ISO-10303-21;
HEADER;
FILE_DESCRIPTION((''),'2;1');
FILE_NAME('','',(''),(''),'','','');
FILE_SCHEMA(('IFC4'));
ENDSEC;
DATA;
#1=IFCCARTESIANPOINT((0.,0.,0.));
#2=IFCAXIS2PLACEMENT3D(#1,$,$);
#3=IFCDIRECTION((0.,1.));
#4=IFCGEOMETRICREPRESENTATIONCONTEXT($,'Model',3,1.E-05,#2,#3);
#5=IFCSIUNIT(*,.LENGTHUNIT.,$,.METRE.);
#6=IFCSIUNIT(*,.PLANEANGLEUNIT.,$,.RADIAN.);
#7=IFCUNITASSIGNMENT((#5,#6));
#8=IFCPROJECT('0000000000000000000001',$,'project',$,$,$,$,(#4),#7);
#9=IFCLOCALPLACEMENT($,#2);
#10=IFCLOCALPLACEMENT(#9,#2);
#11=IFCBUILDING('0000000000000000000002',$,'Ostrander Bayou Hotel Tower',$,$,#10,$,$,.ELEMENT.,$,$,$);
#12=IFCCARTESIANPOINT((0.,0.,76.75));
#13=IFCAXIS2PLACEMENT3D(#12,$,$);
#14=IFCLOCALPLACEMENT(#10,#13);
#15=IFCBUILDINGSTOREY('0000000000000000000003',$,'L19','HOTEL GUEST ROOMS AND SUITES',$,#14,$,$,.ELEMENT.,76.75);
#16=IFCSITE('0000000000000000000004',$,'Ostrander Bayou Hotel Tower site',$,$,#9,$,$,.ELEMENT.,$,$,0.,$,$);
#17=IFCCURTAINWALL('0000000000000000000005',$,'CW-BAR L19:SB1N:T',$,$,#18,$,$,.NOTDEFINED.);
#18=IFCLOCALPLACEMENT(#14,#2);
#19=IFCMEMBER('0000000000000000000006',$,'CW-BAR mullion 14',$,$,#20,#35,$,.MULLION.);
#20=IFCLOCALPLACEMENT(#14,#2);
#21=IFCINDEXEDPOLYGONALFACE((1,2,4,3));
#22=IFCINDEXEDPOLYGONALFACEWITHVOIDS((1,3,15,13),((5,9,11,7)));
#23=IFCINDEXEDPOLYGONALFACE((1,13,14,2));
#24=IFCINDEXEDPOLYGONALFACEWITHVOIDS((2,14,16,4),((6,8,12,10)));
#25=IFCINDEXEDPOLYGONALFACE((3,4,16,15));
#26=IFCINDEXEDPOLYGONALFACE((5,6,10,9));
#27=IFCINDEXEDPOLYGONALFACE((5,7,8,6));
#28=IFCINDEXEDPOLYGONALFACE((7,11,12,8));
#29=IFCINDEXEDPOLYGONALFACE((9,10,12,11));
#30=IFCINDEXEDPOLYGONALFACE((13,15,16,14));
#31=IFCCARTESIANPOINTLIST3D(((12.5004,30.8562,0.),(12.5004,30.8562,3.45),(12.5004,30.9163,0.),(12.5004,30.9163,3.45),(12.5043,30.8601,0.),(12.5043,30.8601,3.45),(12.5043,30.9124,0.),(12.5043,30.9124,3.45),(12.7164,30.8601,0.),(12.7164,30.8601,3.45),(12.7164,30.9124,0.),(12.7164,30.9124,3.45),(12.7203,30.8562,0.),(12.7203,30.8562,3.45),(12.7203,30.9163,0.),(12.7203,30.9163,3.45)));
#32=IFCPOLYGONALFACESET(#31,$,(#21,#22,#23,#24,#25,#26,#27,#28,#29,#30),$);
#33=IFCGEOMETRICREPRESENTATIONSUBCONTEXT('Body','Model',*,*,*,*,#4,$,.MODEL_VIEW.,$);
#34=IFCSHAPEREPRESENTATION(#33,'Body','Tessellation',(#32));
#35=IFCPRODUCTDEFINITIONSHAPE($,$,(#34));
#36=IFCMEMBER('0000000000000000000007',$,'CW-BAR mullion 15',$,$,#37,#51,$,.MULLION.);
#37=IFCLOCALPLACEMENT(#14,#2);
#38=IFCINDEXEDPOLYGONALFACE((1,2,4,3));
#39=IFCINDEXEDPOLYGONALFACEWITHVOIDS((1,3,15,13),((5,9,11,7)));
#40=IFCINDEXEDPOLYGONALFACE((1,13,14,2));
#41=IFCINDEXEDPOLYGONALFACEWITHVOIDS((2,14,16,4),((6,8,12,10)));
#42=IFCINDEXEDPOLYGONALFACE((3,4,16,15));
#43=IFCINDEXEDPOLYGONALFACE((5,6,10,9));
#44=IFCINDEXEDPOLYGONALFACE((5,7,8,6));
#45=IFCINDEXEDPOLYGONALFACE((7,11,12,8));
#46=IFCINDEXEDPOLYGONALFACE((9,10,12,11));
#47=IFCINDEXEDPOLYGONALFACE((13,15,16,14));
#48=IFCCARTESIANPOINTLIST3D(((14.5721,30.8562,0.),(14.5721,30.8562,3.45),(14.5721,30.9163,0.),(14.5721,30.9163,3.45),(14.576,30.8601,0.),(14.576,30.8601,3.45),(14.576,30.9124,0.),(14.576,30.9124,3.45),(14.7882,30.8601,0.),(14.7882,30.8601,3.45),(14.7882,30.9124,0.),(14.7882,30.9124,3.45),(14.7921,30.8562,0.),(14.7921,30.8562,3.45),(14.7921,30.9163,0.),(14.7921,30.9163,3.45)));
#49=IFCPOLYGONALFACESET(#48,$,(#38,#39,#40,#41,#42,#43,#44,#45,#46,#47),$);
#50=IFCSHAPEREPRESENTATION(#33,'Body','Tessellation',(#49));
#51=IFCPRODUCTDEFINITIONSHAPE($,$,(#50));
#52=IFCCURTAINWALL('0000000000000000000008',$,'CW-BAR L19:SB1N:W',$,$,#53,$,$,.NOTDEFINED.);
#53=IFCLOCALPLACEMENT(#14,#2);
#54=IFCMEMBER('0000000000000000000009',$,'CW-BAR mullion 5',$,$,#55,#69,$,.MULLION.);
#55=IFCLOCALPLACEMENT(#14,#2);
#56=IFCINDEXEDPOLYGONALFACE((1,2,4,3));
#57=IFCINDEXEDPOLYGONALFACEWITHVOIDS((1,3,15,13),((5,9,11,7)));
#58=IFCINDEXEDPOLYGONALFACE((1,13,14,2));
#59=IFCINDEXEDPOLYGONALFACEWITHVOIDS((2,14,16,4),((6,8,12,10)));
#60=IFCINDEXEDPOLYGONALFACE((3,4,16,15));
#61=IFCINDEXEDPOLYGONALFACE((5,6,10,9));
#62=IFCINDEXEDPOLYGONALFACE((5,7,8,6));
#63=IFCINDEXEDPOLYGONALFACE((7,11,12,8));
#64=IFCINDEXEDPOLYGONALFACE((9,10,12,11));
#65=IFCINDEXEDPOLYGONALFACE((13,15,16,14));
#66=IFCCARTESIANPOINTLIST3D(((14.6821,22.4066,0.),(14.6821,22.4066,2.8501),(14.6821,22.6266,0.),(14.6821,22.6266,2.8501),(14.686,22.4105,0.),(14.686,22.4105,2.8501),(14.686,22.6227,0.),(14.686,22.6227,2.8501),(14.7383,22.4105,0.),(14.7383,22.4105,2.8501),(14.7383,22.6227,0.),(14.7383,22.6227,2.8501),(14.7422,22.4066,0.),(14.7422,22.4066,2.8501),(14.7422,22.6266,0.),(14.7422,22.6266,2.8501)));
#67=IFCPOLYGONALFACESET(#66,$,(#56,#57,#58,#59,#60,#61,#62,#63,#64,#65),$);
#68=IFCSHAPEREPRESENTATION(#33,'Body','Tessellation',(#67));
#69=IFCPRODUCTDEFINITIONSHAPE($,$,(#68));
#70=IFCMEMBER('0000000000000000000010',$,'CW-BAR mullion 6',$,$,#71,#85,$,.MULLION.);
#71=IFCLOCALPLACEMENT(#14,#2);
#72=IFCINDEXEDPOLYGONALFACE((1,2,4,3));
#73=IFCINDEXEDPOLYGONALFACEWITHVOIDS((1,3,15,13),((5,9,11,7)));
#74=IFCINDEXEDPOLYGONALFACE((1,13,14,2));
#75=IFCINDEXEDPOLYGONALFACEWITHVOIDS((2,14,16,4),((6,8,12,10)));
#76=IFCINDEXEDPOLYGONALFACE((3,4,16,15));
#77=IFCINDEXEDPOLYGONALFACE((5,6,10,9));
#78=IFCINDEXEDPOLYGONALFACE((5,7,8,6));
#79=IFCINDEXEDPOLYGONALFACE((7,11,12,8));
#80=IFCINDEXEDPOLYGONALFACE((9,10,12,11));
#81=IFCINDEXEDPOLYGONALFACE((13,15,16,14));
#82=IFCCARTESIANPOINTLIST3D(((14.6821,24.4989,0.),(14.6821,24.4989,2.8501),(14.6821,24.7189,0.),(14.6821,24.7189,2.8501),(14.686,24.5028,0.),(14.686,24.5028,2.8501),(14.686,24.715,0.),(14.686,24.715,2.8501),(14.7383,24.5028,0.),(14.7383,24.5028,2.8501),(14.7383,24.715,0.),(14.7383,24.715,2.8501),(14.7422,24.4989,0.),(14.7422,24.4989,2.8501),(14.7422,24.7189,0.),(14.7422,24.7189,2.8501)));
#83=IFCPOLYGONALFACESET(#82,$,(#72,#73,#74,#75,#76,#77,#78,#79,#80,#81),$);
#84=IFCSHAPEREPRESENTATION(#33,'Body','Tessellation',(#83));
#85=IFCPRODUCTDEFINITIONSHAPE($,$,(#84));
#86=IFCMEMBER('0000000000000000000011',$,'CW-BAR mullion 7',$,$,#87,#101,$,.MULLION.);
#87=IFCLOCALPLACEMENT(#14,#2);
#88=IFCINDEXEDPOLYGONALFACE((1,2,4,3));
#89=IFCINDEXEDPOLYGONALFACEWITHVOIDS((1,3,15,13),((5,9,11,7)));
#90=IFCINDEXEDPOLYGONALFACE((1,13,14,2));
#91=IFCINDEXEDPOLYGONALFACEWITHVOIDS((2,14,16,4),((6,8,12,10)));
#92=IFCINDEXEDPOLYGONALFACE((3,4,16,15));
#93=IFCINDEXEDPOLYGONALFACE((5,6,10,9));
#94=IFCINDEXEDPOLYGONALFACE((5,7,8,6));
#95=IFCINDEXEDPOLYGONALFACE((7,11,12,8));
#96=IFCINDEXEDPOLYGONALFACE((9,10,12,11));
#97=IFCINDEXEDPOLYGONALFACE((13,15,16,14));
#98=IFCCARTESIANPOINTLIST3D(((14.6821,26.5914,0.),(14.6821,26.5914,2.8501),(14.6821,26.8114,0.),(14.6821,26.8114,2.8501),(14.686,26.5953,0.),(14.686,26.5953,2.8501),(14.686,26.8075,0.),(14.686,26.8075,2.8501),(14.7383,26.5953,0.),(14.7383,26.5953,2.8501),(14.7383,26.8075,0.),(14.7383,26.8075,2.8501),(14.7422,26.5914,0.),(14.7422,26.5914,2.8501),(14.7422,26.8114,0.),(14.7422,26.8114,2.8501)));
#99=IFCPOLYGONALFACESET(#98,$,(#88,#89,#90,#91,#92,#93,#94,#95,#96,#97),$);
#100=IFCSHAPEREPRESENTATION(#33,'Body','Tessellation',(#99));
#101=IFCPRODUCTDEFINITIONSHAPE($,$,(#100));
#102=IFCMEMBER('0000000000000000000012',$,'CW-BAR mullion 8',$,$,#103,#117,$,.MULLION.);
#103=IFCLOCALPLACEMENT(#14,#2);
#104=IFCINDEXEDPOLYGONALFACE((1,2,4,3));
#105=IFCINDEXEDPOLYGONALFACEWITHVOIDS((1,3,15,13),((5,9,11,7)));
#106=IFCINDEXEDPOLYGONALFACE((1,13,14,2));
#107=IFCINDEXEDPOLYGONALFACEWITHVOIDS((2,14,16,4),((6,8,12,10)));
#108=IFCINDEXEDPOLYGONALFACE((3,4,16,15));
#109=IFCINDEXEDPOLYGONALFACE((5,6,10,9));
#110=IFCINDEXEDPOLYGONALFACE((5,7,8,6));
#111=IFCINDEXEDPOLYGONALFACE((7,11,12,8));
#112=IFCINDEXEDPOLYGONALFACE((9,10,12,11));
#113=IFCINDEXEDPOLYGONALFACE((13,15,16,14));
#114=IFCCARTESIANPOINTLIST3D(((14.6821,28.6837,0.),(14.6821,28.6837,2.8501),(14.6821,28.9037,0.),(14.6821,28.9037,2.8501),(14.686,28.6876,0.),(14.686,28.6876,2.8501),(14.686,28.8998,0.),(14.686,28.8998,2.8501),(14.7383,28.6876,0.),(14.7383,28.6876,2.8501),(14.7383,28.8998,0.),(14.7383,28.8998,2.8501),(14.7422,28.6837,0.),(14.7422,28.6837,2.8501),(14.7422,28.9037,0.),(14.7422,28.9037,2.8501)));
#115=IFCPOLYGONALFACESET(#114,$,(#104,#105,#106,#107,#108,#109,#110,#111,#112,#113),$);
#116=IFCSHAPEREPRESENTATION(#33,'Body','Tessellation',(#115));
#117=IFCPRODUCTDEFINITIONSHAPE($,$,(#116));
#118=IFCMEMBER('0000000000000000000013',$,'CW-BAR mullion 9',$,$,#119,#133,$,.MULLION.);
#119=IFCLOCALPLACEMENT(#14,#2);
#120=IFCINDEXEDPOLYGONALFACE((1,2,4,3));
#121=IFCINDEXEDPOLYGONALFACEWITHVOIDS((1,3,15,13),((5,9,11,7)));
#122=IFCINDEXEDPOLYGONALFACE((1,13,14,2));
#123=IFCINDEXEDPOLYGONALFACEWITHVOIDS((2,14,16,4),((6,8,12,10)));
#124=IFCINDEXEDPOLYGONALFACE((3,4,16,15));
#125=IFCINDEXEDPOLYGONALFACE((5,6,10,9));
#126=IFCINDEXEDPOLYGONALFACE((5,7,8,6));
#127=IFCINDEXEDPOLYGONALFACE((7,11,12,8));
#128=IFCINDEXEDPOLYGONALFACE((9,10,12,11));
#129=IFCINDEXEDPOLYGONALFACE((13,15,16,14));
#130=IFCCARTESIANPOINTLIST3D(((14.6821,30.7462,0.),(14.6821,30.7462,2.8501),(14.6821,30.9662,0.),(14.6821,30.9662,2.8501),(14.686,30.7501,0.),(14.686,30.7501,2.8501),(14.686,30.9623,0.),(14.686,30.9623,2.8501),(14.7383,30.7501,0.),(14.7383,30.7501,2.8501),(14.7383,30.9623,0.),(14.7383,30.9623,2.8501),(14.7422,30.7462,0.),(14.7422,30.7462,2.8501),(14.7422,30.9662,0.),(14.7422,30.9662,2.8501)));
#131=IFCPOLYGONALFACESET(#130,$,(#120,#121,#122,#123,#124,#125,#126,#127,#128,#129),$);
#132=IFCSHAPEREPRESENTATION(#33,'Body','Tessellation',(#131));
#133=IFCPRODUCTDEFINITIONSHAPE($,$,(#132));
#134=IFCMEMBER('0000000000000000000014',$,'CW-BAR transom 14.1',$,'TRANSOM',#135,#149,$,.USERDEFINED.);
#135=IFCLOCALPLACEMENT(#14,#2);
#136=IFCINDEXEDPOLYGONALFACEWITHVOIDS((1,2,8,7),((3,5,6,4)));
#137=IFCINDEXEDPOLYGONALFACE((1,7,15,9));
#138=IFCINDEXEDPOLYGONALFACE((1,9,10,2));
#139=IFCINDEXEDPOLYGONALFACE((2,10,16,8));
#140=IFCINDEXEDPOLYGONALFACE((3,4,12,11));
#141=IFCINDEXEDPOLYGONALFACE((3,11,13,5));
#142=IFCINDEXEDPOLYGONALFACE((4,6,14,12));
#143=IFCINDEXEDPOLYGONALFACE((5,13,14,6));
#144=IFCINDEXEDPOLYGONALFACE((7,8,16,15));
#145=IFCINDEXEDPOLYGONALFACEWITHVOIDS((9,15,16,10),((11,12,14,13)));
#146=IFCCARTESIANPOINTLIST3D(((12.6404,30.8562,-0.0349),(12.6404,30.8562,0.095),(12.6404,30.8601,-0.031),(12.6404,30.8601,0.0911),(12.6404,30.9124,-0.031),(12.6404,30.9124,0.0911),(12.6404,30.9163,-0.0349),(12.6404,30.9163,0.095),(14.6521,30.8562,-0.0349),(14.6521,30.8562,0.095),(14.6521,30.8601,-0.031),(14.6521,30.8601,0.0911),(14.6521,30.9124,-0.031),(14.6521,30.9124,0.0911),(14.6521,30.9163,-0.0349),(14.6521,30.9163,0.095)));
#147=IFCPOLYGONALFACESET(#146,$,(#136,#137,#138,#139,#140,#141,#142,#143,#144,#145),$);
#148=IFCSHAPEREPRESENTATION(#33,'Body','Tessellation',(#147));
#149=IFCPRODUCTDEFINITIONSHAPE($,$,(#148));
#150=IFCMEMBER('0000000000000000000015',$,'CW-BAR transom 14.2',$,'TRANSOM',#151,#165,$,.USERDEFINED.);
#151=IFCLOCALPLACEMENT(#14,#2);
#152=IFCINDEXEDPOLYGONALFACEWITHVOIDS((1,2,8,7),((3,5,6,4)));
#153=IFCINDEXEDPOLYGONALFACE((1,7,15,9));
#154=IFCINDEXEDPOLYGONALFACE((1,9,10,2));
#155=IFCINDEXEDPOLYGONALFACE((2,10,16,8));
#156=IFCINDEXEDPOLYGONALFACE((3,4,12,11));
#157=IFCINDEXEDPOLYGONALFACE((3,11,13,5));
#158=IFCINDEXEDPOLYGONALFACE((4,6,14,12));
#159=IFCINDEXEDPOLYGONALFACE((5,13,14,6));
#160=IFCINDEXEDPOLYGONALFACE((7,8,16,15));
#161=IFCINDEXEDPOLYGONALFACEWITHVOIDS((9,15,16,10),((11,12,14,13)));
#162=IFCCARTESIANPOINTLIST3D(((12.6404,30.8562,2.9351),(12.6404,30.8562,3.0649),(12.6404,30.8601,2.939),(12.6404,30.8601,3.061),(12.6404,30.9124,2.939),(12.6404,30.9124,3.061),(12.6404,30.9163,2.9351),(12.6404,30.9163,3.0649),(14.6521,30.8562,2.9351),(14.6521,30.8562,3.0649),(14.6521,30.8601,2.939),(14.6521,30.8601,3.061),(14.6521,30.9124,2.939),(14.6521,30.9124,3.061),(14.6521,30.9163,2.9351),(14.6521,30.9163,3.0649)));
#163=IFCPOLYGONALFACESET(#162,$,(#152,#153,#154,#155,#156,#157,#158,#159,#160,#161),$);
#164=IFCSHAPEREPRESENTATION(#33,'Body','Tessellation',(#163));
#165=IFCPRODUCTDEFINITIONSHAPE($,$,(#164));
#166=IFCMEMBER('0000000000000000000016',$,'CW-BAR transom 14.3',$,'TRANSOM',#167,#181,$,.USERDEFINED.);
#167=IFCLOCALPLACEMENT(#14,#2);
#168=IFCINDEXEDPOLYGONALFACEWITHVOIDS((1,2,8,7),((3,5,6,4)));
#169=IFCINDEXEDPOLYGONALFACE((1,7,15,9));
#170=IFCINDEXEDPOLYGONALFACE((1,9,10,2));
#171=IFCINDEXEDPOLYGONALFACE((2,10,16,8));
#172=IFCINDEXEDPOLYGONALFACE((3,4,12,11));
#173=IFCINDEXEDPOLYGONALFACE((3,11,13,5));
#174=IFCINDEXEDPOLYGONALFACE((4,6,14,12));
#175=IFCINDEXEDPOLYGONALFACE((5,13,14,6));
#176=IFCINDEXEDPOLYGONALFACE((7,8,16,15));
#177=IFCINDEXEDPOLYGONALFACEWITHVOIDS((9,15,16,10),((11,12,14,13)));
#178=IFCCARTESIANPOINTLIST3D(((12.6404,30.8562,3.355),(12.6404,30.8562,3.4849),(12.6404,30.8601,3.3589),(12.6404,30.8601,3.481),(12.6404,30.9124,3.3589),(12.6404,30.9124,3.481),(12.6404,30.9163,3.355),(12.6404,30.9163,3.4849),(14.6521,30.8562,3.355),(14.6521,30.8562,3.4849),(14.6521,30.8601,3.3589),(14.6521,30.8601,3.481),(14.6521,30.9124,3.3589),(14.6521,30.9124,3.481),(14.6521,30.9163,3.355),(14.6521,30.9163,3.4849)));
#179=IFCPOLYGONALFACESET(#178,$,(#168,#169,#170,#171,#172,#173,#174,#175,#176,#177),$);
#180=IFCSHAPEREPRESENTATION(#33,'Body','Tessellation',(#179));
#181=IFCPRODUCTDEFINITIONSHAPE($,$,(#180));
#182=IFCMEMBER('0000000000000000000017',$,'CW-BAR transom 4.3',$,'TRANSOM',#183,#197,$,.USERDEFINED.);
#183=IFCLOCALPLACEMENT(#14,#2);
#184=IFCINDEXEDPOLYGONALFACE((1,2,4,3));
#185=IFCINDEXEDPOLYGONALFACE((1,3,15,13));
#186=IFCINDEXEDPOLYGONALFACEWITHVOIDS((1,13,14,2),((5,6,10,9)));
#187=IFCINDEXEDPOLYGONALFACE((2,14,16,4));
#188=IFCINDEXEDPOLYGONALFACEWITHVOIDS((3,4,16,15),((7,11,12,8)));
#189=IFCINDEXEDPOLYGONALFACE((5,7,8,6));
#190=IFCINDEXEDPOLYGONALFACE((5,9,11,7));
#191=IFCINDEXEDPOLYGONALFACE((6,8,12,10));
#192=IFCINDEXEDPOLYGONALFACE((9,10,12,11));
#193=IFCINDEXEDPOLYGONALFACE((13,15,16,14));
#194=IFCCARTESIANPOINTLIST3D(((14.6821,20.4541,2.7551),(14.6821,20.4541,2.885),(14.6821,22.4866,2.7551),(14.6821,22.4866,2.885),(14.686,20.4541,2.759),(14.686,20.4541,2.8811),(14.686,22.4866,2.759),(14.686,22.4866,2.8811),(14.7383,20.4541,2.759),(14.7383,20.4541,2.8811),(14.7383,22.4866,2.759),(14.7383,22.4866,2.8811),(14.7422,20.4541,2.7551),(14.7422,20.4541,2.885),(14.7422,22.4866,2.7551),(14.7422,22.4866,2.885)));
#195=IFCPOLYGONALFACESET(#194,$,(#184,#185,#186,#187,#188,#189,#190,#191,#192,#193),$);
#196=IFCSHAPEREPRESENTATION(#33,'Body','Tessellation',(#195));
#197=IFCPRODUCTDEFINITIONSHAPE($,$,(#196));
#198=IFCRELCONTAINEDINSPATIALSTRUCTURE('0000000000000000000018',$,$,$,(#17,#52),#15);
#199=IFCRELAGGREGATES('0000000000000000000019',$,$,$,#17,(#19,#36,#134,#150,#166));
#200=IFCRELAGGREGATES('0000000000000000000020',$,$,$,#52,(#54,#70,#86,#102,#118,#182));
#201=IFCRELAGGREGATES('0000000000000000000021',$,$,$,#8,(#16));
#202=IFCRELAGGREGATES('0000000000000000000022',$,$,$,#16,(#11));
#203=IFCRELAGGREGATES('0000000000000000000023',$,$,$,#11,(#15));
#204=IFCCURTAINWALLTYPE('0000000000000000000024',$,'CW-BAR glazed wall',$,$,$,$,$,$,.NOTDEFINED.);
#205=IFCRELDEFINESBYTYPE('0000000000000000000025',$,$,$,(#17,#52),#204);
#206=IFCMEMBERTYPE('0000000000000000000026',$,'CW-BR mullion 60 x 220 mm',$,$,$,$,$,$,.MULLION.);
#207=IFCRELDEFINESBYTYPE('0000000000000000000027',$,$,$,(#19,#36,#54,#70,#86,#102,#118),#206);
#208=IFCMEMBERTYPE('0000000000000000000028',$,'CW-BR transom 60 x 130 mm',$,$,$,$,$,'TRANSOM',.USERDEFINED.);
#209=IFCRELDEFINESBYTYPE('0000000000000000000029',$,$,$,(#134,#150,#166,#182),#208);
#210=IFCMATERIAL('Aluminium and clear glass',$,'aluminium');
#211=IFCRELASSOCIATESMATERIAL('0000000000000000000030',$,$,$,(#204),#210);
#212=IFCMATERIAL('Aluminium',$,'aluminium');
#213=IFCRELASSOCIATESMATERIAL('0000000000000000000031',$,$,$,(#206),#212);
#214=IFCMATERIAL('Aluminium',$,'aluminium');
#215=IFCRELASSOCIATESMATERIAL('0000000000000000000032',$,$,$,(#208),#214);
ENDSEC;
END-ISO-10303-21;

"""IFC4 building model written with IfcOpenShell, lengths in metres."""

from ifc_helpers import new_model, si_unit, direction, frame, origin, origin_2d, place, context, subcontext, project, spatial, hollow_rectangle, extrude, material, material_profile, profile_set, type_object, element, aggregate, save


model = new_model("IFC4")

# Units and contexts
model_context = context("Model", 3, precision=1e-05, world=origin(), true_north=direction((0.0, 1.0)))
body_context = subcontext(model_context, "Body", "Model", "MODEL_VIEW")
ifc_project = project(units=[si_unit("LENGTHUNIT", "METRE"), si_unit("PLANEANGLEUNIT", "RADIAN")], contexts=[model_context])

# Site, building, storey
site_placement = place(None, origin())
site = spatial("IfcSite", under=ifc_project, at=site_placement, Name="Ostrander Bayou Hotel Tower site", CompositionType="ELEMENT", RefElevation=0.0)
building_placement = place(site_placement, origin())
building = spatial("IfcBuilding", under=site, at=building_placement, Name="Ostrander Bayou Hotel Tower", CompositionType="ELEMENT")
storey_placement = place(building_placement, frame((0.0, 0.0, 76.75)))
storey = spatial("IfcBuildingStorey", under=building, at=storey_placement, Name="L19", Description="HOTEL GUEST ROOMS AND SUITES", CompositionType="ELEMENT", Elevation=76.75)

# Curtain walls, members
ifc_material_1 = material(Name="Aluminium and clear glass", Category="aluminium")
curtain_wall_type = type_object("IfcCurtainWallType", Name="CW-BAR glazed wall", PredefinedType="NOTDEFINED", material=ifc_material_1)
curtain_wall_1_placement = place(storey_placement, origin())
curtain_wall_1 = element("IfcCurtainWall", 1, at=curtain_wall_1_placement, inside=storey, type_object=curtain_wall_type, Name="CW-BAR L19:SB1N:T", PredefinedType="NOTDEFINED")
ifc_material_2 = material(Name="Aluminium", Category="aluminium")
ifc_material_profile_1 = material_profile(ifc_material_2, hollow_rectangle(XDim=0.0601, YDim=0.22, WallThickness=0.0039, at=origin_2d()))
ifc_profile_set_1 = profile_set([ifc_material_profile_1], Name="Aluminium")
member_type_1 = type_object("IfcMemberType", Name="CW-BR mullion 60 x 220 mm", PredefinedType="MULLION", material=ifc_profile_set_1)
member_1_placement = place(storey_placement, frame((12.6104, 30.8862, 0.0), z_axis=(0.0, 0.0, 1.0), x_axis=(0.0, 1.0, 0.0)))
member_1 = element("IfcMember", 2, at=member_1_placement, type_object=member_type_1, Name="CW-BAR mullion 14", PredefinedType="MULLION", context=body_context, shape_type="SweptSolid", body=[
    extrude(hollow_rectangle(XDim=0.0601, YDim=0.22, WallThickness=0.0039, at=origin_2d()), origin(), (0.0, 0.0, 1.0), 3.45),
])
member_2_placement = place(storey_placement, frame((14.6821, 30.8862, 0.0), z_axis=(0.0, 0.0, 1.0), x_axis=(0.0, 1.0, 0.0)))
member_2 = element("IfcMember", 3, at=member_2_placement, type_object=member_type_1, Name="CW-BAR mullion 15", PredefinedType="MULLION", context=body_context, shape_type="SweptSolid", body=[
    extrude(hollow_rectangle(XDim=0.0601, YDim=0.22, WallThickness=0.0039, at=origin_2d()), origin(), (0.0, 0.0, 1.0), 3.45),
])
curtain_wall_2_placement = place(storey_placement, origin())
curtain_wall_2 = element("IfcCurtainWall", 4, at=curtain_wall_2_placement, inside=storey, type_object=curtain_wall_type, Name="CW-BAR L19:SB1N:W", PredefinedType="NOTDEFINED")
member_3_placement = place(storey_placement, frame((14.7122, 22.5166, 0.0), z_axis=(0.0, 0.0, 1.0), x_axis=(-1.0, 0.0, 0.0)))
member_3 = element("IfcMember", 5, at=member_3_placement, type_object=member_type_1, Name="CW-BAR mullion 5", PredefinedType="MULLION", context=body_context, shape_type="SweptSolid", body=[
    extrude(hollow_rectangle(XDim=0.0601, YDim=0.22, WallThickness=0.0039, at=origin_2d()), origin(), (0.0, 0.0, 1.0), 2.8501),
])
member_4_placement = place(storey_placement, frame((14.7122, 24.6089, 0.0), z_axis=(0.0, 0.0, 1.0), x_axis=(-1.0, 0.0, 0.0)))
member_4 = element("IfcMember", 6, at=member_4_placement, type_object=member_type_1, Name="CW-BAR mullion 6", PredefinedType="MULLION", context=body_context, shape_type="SweptSolid", body=[
    extrude(hollow_rectangle(XDim=0.0601, YDim=0.22, WallThickness=0.0039, at=origin_2d()), origin(), (0.0, 0.0, 1.0), 2.8501),
])
member_5_placement = place(storey_placement, frame((14.7122, 26.7014, 0.0), z_axis=(0.0, 0.0, 1.0), x_axis=(-1.0, 0.0, 0.0)))
member_5 = element("IfcMember", 7, at=member_5_placement, type_object=member_type_1, Name="CW-BAR mullion 7", PredefinedType="MULLION", context=body_context, shape_type="SweptSolid", body=[
    extrude(hollow_rectangle(XDim=0.0601, YDim=0.22, WallThickness=0.0039, at=origin_2d()), origin(), (0.0, 0.0, 1.0), 2.8501),
])
member_6_placement = place(storey_placement, frame((14.7122, 28.7937, 0.0), z_axis=(0.0, 0.0, 1.0), x_axis=(-1.0, 0.0, 0.0)))
member_6 = element("IfcMember", 8, at=member_6_placement, type_object=member_type_1, Name="CW-BAR mullion 8", PredefinedType="MULLION", context=body_context, shape_type="SweptSolid", body=[
    extrude(hollow_rectangle(XDim=0.0601, YDim=0.22, WallThickness=0.0039, at=origin_2d()), origin(), (0.0, 0.0, 1.0), 2.8501),
])
member_7_placement = place(storey_placement, frame((14.7122, 30.8562, 0.0), z_axis=(0.0, 0.0, 1.0), x_axis=(-1.0, 0.0, 0.0)))
member_7 = element("IfcMember", 9, at=member_7_placement, type_object=member_type_1, Name="CW-BAR mullion 9", PredefinedType="MULLION", context=body_context, shape_type="SweptSolid", body=[
    extrude(hollow_rectangle(XDim=0.0601, YDim=0.22, WallThickness=0.0039, at=origin_2d()), origin(), (0.0, 0.0, 1.0), 2.8501),
])

# Members
ifc_material_3 = material(Name="Aluminium", Category="aluminium")
ifc_material_profile_2 = material_profile(ifc_material_3, hollow_rectangle(XDim=0.0601, YDim=0.1299, WallThickness=0.0039, at=origin_2d()))
ifc_profile_set_2 = profile_set([ifc_material_profile_2], Name="Aluminium")
member_type_2 = type_object("IfcMemberType", Name="CW-BR transom 60 x 130 mm", ElementType="TRANSOM", PredefinedType="USERDEFINED", material=ifc_profile_set_2)
member_8_placement = place(storey_placement, frame((12.6404, 30.8862, 0.03), z_axis=(1.0, 0.0, 0.0), x_axis=(0.0, 1.0, 0.0)))
member_8 = element("IfcMember", 10, at=member_8_placement, type_object=member_type_2, Name="CW-BAR transom 14.1", ObjectType="TRANSOM", PredefinedType="USERDEFINED", context=body_context, shape_type="SweptSolid", body=[
    extrude(hollow_rectangle(XDim=0.0601, YDim=0.1299, WallThickness=0.0039, at=origin_2d()), origin(), (0.0, 0.0, 1.0), 2.0117),
])
member_9_placement = place(storey_placement, frame((12.6404, 30.8862, 3.0), z_axis=(1.0, 0.0, 0.0), x_axis=(0.0, 1.0, 0.0)))
member_9 = element("IfcMember", 11, at=member_9_placement, type_object=member_type_2, Name="CW-BAR transom 14.2", ObjectType="TRANSOM", PredefinedType="USERDEFINED", context=body_context, shape_type="SweptSolid", body=[
    extrude(hollow_rectangle(XDim=0.0601, YDim=0.1299, WallThickness=0.0039, at=origin_2d()), origin(), (0.0, 0.0, 1.0), 2.0117),
])
member_10_placement = place(storey_placement, frame((12.6404, 30.8862, 3.4199), z_axis=(1.0, 0.0, 0.0), x_axis=(0.0, 1.0, 0.0)))
member_10 = element("IfcMember", 12, at=member_10_placement, type_object=member_type_2, Name="CW-BAR transom 14.3", ObjectType="TRANSOM", PredefinedType="USERDEFINED", context=body_context, shape_type="SweptSolid", body=[
    extrude(hollow_rectangle(XDim=0.0601, YDim=0.1299, WallThickness=0.0039, at=origin_2d()), origin(), (0.0, 0.0, 1.0), 2.0117),
])
member_11_placement = place(storey_placement, frame((14.7122, 20.4541, 2.8201), z_axis=(0.0, 1.0, 0.0), x_axis=(-1.0, 0.0, 0.0)))
member_11 = element("IfcMember", 13, at=member_11_placement, type_object=member_type_2, Name="CW-BAR transom 4.3", ObjectType="TRANSOM", PredefinedType="USERDEFINED", context=body_context, shape_type="SweptSolid", body=[
    extrude(hollow_rectangle(XDim=0.0601, YDim=0.1299, WallThickness=0.0039, at=origin_2d()), origin(), (0.0, 0.0, 1.0), 2.0325),
])

aggregate(curtain_wall_1, [member_1, member_2, member_8, member_9, member_10])
aggregate(curtain_wall_2, [member_3, member_4, member_5, member_6, member_7, member_11])

save(model, "model.ifc")
